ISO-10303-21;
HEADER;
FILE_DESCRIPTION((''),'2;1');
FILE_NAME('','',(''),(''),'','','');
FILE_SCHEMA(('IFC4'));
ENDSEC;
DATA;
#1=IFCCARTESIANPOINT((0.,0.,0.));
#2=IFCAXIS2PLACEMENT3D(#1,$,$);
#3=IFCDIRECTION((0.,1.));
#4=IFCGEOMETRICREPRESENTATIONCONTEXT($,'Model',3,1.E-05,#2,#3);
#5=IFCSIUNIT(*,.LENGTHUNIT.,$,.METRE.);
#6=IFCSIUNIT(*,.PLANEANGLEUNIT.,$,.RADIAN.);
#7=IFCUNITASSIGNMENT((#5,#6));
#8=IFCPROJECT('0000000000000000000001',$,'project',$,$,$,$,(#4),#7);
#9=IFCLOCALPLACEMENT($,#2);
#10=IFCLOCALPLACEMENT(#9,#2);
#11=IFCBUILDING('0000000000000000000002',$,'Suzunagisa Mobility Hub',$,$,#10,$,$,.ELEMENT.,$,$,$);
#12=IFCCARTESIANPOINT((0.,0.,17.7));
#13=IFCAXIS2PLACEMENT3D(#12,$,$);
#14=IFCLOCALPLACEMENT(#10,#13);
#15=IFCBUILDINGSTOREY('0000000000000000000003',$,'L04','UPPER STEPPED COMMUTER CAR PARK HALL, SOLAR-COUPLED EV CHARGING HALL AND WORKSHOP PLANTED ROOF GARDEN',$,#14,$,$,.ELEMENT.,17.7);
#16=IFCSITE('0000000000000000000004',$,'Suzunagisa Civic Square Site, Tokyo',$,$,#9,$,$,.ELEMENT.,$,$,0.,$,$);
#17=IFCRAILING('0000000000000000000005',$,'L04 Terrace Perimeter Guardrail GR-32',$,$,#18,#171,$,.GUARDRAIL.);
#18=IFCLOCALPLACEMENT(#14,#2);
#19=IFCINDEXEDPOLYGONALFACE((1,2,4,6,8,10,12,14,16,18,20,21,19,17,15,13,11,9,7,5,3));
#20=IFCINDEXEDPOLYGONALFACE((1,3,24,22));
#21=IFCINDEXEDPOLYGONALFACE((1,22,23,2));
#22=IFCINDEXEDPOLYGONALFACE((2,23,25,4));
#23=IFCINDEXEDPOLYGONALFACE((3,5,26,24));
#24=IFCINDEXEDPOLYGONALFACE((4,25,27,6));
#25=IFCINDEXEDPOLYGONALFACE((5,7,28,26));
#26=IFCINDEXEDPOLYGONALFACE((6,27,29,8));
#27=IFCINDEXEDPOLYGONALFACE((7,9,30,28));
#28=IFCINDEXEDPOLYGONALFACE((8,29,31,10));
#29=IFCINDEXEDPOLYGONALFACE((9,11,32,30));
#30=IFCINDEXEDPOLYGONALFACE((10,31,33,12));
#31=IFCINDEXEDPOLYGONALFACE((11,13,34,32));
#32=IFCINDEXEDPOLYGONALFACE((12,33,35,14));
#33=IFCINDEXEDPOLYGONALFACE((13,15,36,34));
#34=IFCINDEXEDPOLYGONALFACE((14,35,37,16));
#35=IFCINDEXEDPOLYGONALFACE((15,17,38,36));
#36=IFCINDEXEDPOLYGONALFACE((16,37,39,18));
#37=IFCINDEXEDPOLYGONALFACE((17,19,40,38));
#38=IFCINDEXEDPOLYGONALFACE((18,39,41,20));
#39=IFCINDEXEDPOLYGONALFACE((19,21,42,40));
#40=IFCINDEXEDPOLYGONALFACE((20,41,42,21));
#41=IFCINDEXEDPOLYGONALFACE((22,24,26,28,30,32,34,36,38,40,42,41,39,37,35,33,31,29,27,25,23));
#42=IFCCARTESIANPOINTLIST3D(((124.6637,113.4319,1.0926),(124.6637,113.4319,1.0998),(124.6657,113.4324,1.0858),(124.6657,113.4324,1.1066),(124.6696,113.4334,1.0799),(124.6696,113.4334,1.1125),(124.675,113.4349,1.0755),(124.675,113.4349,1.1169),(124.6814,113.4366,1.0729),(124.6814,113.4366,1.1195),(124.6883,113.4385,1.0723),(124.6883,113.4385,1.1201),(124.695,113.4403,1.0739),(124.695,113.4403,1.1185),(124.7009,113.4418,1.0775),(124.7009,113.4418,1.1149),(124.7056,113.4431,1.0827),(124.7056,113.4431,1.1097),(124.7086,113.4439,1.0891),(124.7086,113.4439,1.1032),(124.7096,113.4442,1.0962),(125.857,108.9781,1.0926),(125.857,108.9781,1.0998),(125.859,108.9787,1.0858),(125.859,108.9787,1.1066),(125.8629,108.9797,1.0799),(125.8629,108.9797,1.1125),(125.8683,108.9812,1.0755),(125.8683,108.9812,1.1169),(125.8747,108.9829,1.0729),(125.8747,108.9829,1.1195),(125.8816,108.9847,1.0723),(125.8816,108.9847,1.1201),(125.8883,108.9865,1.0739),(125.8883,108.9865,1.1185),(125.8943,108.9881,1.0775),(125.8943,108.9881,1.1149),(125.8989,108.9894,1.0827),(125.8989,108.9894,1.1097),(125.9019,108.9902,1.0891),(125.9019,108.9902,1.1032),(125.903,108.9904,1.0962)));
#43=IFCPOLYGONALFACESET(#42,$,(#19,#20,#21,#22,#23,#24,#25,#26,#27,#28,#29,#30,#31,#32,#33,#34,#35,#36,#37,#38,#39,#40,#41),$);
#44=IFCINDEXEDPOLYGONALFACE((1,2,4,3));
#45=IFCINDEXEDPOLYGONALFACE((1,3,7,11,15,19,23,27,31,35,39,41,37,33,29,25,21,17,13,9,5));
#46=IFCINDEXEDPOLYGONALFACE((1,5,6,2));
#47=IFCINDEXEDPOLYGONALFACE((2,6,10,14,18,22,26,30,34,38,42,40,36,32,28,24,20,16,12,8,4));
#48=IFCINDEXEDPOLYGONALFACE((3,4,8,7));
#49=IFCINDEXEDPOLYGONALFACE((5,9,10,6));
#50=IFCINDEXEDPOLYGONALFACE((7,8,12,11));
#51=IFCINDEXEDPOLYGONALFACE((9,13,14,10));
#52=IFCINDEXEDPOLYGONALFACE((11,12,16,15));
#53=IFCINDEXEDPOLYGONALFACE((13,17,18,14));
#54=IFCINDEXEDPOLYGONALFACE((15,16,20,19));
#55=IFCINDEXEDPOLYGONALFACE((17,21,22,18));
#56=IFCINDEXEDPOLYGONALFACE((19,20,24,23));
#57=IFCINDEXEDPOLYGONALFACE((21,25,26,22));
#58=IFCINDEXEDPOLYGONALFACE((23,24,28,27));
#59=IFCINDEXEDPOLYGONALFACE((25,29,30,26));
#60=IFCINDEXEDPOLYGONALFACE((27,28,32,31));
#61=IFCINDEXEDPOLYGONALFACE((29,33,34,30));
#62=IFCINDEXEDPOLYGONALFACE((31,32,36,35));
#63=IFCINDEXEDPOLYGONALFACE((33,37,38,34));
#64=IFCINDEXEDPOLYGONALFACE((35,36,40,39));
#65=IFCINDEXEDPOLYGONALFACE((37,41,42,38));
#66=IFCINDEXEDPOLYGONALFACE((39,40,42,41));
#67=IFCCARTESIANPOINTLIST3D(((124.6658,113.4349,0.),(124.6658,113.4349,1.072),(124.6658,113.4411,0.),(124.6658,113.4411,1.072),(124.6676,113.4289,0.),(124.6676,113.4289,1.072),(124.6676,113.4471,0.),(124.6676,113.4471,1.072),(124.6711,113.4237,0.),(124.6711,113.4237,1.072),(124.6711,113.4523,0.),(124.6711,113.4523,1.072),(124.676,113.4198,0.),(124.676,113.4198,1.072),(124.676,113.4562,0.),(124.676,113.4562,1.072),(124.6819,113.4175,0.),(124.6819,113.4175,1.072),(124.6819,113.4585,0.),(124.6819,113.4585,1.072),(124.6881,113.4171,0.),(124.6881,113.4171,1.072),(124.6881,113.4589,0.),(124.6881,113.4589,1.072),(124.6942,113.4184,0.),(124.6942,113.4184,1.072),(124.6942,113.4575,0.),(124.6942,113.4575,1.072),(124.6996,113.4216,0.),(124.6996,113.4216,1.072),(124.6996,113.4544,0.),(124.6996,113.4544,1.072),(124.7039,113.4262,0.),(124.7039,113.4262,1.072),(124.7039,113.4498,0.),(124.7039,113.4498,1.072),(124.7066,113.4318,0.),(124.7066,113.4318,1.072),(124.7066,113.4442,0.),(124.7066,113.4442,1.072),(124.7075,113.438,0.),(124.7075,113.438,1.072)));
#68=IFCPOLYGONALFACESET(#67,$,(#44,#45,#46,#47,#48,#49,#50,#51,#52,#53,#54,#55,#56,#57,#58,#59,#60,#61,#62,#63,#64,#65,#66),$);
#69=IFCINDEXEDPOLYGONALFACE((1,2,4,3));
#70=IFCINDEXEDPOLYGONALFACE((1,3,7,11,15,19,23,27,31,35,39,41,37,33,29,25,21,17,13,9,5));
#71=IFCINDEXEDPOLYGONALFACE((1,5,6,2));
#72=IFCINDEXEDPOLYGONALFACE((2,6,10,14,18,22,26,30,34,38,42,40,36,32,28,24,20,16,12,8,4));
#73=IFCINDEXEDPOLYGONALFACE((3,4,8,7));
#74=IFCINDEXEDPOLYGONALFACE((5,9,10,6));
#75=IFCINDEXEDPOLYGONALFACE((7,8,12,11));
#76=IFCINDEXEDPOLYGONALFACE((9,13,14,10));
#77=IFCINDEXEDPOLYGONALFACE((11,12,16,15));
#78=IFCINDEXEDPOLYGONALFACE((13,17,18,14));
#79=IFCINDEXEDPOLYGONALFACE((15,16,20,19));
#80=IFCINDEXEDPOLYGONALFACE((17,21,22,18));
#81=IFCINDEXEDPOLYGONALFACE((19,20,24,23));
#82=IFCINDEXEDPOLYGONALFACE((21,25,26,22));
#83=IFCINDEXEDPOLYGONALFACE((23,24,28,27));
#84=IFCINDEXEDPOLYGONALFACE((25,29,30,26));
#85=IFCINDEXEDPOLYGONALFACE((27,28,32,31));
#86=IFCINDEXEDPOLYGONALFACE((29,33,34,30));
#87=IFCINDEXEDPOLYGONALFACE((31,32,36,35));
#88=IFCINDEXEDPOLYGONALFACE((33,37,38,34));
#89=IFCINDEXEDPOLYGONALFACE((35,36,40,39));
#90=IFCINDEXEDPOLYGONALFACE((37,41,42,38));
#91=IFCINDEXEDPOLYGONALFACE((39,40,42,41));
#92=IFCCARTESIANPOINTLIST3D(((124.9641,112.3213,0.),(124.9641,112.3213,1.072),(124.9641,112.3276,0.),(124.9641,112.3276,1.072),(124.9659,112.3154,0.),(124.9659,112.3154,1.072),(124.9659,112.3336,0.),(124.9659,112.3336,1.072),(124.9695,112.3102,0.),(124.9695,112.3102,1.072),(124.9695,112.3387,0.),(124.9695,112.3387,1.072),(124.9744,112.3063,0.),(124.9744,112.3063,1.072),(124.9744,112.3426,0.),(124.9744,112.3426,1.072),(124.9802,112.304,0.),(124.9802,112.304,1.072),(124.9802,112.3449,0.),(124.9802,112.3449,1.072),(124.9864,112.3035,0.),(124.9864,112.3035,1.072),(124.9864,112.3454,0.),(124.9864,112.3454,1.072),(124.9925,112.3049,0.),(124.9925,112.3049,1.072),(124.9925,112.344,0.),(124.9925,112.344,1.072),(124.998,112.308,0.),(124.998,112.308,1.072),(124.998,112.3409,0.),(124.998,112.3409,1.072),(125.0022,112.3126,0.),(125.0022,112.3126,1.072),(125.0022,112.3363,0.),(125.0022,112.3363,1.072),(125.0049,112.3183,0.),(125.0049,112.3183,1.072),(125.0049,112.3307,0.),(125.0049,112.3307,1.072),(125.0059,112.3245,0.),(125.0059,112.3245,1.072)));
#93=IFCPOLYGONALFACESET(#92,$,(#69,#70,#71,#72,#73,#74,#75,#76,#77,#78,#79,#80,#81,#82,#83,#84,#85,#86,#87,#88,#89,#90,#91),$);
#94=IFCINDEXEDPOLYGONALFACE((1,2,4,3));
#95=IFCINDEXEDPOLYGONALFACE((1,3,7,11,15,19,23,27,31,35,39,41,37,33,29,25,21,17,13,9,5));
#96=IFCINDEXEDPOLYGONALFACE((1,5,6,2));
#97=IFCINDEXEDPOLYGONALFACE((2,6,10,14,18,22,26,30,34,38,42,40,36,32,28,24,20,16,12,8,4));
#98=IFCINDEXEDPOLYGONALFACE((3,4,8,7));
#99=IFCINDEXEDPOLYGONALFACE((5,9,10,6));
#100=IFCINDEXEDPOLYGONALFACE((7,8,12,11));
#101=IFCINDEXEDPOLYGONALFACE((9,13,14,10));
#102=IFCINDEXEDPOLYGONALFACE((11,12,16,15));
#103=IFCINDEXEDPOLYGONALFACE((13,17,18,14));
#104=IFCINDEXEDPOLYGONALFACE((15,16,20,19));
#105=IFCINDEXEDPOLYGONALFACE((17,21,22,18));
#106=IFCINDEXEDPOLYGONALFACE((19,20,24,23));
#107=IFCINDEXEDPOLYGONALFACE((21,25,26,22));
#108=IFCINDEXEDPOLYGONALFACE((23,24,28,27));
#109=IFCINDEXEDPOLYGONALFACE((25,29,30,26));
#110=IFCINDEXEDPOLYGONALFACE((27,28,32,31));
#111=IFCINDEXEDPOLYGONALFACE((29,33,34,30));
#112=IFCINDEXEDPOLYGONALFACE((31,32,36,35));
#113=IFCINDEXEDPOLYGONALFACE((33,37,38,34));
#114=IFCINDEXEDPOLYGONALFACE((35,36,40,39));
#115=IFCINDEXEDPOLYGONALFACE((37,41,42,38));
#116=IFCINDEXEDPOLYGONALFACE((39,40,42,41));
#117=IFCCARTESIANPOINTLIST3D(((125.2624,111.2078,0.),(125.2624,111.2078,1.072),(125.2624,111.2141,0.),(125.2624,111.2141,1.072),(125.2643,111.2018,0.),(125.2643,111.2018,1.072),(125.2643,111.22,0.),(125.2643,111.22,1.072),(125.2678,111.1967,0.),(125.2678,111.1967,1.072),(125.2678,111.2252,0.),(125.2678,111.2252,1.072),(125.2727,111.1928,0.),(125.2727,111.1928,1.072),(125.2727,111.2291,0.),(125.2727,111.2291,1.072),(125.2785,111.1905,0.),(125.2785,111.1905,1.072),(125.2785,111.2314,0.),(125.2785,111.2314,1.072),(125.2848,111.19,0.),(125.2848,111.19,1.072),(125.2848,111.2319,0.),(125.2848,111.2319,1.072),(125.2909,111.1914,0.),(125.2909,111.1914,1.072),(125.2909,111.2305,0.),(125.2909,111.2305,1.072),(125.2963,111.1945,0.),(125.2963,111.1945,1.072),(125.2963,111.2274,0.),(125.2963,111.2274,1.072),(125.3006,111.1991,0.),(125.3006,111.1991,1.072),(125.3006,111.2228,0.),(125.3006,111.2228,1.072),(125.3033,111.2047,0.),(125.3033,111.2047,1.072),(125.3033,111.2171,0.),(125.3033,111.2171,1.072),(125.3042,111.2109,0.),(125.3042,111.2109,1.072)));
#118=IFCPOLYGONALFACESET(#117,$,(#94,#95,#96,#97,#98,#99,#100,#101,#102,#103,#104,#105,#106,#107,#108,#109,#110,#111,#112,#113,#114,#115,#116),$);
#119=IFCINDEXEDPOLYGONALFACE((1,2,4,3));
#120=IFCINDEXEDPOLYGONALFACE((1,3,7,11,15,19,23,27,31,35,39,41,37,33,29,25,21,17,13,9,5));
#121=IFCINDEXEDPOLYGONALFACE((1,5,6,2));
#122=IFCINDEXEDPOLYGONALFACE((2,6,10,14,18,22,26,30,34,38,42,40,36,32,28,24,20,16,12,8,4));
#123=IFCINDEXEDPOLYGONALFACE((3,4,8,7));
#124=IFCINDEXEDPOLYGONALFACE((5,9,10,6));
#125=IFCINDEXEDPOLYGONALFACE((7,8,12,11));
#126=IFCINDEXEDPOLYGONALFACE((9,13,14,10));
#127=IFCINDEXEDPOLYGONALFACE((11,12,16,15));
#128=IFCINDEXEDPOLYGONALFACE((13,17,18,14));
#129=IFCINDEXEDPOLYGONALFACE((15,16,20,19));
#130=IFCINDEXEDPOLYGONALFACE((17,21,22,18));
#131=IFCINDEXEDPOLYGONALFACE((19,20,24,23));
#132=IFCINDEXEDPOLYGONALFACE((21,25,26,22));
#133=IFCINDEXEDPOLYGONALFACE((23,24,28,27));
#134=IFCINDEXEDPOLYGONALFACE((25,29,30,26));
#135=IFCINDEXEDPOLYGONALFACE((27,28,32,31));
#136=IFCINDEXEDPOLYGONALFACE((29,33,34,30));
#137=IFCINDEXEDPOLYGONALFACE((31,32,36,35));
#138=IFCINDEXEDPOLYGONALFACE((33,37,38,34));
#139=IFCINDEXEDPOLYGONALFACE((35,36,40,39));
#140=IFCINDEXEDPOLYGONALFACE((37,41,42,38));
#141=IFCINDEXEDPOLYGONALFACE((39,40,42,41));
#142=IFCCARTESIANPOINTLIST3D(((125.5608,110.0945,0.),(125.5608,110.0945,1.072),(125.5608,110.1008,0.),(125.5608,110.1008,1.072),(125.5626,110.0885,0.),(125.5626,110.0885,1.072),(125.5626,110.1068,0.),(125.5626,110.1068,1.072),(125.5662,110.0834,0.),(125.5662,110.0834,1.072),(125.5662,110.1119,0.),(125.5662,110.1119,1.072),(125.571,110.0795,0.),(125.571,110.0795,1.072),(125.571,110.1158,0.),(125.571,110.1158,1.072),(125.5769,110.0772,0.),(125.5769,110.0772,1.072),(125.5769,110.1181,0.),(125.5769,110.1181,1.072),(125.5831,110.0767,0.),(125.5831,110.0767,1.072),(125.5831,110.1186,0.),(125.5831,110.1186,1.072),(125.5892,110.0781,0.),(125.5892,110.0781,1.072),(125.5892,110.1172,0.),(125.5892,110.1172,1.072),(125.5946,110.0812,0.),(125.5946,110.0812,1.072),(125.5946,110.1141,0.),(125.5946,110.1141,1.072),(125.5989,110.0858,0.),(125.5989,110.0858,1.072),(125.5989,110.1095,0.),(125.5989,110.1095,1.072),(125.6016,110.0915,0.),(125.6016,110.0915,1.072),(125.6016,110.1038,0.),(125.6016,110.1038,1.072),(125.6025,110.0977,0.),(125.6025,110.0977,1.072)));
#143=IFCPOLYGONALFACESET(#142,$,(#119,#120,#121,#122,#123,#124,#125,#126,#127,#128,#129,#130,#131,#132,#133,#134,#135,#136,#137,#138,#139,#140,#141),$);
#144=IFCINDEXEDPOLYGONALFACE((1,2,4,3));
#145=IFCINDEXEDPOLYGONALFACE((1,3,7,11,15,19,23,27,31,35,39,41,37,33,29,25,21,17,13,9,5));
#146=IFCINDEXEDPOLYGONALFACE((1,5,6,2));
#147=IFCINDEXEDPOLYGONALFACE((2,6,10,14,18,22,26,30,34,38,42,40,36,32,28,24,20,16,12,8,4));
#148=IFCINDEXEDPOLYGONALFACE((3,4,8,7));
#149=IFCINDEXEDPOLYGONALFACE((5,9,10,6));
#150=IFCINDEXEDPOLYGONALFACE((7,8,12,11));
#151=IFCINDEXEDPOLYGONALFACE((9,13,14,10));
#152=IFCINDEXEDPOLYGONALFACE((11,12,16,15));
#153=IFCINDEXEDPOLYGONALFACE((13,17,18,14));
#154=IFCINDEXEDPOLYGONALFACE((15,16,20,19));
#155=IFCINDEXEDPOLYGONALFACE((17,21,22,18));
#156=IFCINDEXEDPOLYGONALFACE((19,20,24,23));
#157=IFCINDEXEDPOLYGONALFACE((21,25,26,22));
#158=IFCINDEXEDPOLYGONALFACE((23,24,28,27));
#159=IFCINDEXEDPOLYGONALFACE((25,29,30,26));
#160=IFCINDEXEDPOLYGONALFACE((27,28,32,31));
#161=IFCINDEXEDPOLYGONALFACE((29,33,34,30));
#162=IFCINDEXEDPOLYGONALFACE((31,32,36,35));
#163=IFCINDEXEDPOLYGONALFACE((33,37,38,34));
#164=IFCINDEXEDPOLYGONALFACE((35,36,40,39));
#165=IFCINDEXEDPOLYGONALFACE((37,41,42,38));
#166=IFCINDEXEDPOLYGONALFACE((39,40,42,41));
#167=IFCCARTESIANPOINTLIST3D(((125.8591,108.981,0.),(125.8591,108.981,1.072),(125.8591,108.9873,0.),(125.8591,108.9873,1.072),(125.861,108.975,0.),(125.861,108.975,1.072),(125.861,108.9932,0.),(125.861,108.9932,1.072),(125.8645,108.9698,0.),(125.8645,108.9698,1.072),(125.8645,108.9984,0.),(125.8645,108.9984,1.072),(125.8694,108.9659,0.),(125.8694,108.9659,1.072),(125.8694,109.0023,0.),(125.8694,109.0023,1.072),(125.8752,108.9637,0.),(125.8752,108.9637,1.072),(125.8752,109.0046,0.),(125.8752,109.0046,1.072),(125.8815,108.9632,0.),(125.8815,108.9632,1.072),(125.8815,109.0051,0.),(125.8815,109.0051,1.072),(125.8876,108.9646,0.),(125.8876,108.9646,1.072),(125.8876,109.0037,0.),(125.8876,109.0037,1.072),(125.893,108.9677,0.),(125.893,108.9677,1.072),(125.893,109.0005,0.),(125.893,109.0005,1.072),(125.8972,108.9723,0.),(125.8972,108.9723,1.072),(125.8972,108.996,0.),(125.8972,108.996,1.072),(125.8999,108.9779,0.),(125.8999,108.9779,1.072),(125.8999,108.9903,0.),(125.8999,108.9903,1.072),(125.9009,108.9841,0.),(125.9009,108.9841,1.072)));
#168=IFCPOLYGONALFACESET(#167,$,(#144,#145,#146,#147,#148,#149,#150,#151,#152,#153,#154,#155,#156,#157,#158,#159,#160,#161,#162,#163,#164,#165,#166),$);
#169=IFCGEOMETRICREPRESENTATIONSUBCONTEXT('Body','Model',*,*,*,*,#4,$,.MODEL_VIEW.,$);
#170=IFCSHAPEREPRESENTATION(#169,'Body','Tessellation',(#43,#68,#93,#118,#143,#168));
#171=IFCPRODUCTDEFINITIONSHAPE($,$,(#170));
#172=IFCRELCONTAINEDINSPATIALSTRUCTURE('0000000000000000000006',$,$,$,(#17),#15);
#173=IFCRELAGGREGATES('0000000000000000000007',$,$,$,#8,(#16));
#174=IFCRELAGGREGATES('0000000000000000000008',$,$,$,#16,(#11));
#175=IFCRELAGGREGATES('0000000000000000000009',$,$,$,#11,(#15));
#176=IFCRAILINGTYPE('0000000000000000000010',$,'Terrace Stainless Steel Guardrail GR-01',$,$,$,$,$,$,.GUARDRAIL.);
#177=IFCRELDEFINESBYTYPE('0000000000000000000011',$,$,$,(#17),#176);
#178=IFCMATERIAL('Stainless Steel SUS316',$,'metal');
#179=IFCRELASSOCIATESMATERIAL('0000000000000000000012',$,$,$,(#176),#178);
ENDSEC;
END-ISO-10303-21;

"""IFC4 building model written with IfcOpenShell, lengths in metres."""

from ifc_helpers import new_model, si_unit, direction, frame, origin, origin_2d, place, context, subcontext, project, spatial, circle, extrude, material, type_object, element, save


model = new_model("IFC4")

# Units and contexts
model_context = context("Model", 3, precision=1e-05, world=origin(), true_north=direction((0.0, 1.0)))
body_context = subcontext(model_context, "Body", "Model", "MODEL_VIEW")
ifc_project = project(units=[si_unit("LENGTHUNIT", "METRE"), si_unit("PLANEANGLEUNIT", "RADIAN")], contexts=[model_context])

# Site, building, storey
site_placement = place(None, origin())
site = spatial("IfcSite", under=ifc_project, at=site_placement, Name="Suzunagisa Civic Square Site, Tokyo", CompositionType="ELEMENT", RefElevation=0.0)
building_placement = place(site_placement, origin())
building = spatial("IfcBuilding", under=site, at=building_placement, Name="Suzunagisa Mobility Hub", CompositionType="ELEMENT")
storey_placement = place(building_placement, frame((0.0, 0.0, 17.7)))
storey = spatial("IfcBuildingStorey", under=building, at=storey_placement, Name="L04", Description="UPPER STEPPED COMMUTER CAR PARK HALL, SOLAR-COUPLED EV CHARGING HALL AND WORKSHOP PLANTED ROOF GARDEN", CompositionType="ELEMENT", Elevation=17.7)

# Railing
ifc_material_1 = material(Name="Stainless Steel SUS316", Category="metal")
railing_type_1 = type_object("IfcRailingType", Name="Terrace Stainless Steel Guardrail GR-01", PredefinedType="GUARDRAIL", material=ifc_material_1)
railing_1_placement = place(storey_placement, frame((124.6865, 113.438, 0.0)))
element("IfcRailing", 1, at=railing_1_placement, inside=storey, type_object=railing_type_1, Name="L04 Terrace Perimeter Guardrail GR-32", PredefinedType="GUARDRAIL", context=body_context, shape_type="SweptSolid", body=[
    extrude(circle(Radius=0.0239, at=origin_2d()), frame((0.0, 0.0, 1.0962), z_axis=(0.258809, -0.965928, 0.0), x_axis=(0.965928, 0.258809, 0.0)), (0.0, 0.0, 1.0), 4.6108),
    extrude(circle(Radius=0.021, at=origin_2d()), origin(), (0.0, 0.0, 1.0), 1.072),
    extrude(circle(Radius=0.021, at=origin_2d()), frame((0.2983, -1.1135, 0.0)), (0.0, 0.0, 1.0), 1.072),
    extrude(circle(Radius=0.021, at=origin_2d()), frame((0.5967, -2.2271, 0.0)), (0.0, 0.0, 1.0), 1.072),
    extrude(circle(Radius=0.021, at=origin_2d()), frame((0.895, -3.3403, 0.0)), (0.0, 0.0, 1.0), 1.072),
    extrude(circle(Radius=0.021, at=origin_2d()), frame((1.1934, -4.4539, 0.0)), (0.0, 0.0, 1.0), 1.072),
])

save(model, "model.ifc")
